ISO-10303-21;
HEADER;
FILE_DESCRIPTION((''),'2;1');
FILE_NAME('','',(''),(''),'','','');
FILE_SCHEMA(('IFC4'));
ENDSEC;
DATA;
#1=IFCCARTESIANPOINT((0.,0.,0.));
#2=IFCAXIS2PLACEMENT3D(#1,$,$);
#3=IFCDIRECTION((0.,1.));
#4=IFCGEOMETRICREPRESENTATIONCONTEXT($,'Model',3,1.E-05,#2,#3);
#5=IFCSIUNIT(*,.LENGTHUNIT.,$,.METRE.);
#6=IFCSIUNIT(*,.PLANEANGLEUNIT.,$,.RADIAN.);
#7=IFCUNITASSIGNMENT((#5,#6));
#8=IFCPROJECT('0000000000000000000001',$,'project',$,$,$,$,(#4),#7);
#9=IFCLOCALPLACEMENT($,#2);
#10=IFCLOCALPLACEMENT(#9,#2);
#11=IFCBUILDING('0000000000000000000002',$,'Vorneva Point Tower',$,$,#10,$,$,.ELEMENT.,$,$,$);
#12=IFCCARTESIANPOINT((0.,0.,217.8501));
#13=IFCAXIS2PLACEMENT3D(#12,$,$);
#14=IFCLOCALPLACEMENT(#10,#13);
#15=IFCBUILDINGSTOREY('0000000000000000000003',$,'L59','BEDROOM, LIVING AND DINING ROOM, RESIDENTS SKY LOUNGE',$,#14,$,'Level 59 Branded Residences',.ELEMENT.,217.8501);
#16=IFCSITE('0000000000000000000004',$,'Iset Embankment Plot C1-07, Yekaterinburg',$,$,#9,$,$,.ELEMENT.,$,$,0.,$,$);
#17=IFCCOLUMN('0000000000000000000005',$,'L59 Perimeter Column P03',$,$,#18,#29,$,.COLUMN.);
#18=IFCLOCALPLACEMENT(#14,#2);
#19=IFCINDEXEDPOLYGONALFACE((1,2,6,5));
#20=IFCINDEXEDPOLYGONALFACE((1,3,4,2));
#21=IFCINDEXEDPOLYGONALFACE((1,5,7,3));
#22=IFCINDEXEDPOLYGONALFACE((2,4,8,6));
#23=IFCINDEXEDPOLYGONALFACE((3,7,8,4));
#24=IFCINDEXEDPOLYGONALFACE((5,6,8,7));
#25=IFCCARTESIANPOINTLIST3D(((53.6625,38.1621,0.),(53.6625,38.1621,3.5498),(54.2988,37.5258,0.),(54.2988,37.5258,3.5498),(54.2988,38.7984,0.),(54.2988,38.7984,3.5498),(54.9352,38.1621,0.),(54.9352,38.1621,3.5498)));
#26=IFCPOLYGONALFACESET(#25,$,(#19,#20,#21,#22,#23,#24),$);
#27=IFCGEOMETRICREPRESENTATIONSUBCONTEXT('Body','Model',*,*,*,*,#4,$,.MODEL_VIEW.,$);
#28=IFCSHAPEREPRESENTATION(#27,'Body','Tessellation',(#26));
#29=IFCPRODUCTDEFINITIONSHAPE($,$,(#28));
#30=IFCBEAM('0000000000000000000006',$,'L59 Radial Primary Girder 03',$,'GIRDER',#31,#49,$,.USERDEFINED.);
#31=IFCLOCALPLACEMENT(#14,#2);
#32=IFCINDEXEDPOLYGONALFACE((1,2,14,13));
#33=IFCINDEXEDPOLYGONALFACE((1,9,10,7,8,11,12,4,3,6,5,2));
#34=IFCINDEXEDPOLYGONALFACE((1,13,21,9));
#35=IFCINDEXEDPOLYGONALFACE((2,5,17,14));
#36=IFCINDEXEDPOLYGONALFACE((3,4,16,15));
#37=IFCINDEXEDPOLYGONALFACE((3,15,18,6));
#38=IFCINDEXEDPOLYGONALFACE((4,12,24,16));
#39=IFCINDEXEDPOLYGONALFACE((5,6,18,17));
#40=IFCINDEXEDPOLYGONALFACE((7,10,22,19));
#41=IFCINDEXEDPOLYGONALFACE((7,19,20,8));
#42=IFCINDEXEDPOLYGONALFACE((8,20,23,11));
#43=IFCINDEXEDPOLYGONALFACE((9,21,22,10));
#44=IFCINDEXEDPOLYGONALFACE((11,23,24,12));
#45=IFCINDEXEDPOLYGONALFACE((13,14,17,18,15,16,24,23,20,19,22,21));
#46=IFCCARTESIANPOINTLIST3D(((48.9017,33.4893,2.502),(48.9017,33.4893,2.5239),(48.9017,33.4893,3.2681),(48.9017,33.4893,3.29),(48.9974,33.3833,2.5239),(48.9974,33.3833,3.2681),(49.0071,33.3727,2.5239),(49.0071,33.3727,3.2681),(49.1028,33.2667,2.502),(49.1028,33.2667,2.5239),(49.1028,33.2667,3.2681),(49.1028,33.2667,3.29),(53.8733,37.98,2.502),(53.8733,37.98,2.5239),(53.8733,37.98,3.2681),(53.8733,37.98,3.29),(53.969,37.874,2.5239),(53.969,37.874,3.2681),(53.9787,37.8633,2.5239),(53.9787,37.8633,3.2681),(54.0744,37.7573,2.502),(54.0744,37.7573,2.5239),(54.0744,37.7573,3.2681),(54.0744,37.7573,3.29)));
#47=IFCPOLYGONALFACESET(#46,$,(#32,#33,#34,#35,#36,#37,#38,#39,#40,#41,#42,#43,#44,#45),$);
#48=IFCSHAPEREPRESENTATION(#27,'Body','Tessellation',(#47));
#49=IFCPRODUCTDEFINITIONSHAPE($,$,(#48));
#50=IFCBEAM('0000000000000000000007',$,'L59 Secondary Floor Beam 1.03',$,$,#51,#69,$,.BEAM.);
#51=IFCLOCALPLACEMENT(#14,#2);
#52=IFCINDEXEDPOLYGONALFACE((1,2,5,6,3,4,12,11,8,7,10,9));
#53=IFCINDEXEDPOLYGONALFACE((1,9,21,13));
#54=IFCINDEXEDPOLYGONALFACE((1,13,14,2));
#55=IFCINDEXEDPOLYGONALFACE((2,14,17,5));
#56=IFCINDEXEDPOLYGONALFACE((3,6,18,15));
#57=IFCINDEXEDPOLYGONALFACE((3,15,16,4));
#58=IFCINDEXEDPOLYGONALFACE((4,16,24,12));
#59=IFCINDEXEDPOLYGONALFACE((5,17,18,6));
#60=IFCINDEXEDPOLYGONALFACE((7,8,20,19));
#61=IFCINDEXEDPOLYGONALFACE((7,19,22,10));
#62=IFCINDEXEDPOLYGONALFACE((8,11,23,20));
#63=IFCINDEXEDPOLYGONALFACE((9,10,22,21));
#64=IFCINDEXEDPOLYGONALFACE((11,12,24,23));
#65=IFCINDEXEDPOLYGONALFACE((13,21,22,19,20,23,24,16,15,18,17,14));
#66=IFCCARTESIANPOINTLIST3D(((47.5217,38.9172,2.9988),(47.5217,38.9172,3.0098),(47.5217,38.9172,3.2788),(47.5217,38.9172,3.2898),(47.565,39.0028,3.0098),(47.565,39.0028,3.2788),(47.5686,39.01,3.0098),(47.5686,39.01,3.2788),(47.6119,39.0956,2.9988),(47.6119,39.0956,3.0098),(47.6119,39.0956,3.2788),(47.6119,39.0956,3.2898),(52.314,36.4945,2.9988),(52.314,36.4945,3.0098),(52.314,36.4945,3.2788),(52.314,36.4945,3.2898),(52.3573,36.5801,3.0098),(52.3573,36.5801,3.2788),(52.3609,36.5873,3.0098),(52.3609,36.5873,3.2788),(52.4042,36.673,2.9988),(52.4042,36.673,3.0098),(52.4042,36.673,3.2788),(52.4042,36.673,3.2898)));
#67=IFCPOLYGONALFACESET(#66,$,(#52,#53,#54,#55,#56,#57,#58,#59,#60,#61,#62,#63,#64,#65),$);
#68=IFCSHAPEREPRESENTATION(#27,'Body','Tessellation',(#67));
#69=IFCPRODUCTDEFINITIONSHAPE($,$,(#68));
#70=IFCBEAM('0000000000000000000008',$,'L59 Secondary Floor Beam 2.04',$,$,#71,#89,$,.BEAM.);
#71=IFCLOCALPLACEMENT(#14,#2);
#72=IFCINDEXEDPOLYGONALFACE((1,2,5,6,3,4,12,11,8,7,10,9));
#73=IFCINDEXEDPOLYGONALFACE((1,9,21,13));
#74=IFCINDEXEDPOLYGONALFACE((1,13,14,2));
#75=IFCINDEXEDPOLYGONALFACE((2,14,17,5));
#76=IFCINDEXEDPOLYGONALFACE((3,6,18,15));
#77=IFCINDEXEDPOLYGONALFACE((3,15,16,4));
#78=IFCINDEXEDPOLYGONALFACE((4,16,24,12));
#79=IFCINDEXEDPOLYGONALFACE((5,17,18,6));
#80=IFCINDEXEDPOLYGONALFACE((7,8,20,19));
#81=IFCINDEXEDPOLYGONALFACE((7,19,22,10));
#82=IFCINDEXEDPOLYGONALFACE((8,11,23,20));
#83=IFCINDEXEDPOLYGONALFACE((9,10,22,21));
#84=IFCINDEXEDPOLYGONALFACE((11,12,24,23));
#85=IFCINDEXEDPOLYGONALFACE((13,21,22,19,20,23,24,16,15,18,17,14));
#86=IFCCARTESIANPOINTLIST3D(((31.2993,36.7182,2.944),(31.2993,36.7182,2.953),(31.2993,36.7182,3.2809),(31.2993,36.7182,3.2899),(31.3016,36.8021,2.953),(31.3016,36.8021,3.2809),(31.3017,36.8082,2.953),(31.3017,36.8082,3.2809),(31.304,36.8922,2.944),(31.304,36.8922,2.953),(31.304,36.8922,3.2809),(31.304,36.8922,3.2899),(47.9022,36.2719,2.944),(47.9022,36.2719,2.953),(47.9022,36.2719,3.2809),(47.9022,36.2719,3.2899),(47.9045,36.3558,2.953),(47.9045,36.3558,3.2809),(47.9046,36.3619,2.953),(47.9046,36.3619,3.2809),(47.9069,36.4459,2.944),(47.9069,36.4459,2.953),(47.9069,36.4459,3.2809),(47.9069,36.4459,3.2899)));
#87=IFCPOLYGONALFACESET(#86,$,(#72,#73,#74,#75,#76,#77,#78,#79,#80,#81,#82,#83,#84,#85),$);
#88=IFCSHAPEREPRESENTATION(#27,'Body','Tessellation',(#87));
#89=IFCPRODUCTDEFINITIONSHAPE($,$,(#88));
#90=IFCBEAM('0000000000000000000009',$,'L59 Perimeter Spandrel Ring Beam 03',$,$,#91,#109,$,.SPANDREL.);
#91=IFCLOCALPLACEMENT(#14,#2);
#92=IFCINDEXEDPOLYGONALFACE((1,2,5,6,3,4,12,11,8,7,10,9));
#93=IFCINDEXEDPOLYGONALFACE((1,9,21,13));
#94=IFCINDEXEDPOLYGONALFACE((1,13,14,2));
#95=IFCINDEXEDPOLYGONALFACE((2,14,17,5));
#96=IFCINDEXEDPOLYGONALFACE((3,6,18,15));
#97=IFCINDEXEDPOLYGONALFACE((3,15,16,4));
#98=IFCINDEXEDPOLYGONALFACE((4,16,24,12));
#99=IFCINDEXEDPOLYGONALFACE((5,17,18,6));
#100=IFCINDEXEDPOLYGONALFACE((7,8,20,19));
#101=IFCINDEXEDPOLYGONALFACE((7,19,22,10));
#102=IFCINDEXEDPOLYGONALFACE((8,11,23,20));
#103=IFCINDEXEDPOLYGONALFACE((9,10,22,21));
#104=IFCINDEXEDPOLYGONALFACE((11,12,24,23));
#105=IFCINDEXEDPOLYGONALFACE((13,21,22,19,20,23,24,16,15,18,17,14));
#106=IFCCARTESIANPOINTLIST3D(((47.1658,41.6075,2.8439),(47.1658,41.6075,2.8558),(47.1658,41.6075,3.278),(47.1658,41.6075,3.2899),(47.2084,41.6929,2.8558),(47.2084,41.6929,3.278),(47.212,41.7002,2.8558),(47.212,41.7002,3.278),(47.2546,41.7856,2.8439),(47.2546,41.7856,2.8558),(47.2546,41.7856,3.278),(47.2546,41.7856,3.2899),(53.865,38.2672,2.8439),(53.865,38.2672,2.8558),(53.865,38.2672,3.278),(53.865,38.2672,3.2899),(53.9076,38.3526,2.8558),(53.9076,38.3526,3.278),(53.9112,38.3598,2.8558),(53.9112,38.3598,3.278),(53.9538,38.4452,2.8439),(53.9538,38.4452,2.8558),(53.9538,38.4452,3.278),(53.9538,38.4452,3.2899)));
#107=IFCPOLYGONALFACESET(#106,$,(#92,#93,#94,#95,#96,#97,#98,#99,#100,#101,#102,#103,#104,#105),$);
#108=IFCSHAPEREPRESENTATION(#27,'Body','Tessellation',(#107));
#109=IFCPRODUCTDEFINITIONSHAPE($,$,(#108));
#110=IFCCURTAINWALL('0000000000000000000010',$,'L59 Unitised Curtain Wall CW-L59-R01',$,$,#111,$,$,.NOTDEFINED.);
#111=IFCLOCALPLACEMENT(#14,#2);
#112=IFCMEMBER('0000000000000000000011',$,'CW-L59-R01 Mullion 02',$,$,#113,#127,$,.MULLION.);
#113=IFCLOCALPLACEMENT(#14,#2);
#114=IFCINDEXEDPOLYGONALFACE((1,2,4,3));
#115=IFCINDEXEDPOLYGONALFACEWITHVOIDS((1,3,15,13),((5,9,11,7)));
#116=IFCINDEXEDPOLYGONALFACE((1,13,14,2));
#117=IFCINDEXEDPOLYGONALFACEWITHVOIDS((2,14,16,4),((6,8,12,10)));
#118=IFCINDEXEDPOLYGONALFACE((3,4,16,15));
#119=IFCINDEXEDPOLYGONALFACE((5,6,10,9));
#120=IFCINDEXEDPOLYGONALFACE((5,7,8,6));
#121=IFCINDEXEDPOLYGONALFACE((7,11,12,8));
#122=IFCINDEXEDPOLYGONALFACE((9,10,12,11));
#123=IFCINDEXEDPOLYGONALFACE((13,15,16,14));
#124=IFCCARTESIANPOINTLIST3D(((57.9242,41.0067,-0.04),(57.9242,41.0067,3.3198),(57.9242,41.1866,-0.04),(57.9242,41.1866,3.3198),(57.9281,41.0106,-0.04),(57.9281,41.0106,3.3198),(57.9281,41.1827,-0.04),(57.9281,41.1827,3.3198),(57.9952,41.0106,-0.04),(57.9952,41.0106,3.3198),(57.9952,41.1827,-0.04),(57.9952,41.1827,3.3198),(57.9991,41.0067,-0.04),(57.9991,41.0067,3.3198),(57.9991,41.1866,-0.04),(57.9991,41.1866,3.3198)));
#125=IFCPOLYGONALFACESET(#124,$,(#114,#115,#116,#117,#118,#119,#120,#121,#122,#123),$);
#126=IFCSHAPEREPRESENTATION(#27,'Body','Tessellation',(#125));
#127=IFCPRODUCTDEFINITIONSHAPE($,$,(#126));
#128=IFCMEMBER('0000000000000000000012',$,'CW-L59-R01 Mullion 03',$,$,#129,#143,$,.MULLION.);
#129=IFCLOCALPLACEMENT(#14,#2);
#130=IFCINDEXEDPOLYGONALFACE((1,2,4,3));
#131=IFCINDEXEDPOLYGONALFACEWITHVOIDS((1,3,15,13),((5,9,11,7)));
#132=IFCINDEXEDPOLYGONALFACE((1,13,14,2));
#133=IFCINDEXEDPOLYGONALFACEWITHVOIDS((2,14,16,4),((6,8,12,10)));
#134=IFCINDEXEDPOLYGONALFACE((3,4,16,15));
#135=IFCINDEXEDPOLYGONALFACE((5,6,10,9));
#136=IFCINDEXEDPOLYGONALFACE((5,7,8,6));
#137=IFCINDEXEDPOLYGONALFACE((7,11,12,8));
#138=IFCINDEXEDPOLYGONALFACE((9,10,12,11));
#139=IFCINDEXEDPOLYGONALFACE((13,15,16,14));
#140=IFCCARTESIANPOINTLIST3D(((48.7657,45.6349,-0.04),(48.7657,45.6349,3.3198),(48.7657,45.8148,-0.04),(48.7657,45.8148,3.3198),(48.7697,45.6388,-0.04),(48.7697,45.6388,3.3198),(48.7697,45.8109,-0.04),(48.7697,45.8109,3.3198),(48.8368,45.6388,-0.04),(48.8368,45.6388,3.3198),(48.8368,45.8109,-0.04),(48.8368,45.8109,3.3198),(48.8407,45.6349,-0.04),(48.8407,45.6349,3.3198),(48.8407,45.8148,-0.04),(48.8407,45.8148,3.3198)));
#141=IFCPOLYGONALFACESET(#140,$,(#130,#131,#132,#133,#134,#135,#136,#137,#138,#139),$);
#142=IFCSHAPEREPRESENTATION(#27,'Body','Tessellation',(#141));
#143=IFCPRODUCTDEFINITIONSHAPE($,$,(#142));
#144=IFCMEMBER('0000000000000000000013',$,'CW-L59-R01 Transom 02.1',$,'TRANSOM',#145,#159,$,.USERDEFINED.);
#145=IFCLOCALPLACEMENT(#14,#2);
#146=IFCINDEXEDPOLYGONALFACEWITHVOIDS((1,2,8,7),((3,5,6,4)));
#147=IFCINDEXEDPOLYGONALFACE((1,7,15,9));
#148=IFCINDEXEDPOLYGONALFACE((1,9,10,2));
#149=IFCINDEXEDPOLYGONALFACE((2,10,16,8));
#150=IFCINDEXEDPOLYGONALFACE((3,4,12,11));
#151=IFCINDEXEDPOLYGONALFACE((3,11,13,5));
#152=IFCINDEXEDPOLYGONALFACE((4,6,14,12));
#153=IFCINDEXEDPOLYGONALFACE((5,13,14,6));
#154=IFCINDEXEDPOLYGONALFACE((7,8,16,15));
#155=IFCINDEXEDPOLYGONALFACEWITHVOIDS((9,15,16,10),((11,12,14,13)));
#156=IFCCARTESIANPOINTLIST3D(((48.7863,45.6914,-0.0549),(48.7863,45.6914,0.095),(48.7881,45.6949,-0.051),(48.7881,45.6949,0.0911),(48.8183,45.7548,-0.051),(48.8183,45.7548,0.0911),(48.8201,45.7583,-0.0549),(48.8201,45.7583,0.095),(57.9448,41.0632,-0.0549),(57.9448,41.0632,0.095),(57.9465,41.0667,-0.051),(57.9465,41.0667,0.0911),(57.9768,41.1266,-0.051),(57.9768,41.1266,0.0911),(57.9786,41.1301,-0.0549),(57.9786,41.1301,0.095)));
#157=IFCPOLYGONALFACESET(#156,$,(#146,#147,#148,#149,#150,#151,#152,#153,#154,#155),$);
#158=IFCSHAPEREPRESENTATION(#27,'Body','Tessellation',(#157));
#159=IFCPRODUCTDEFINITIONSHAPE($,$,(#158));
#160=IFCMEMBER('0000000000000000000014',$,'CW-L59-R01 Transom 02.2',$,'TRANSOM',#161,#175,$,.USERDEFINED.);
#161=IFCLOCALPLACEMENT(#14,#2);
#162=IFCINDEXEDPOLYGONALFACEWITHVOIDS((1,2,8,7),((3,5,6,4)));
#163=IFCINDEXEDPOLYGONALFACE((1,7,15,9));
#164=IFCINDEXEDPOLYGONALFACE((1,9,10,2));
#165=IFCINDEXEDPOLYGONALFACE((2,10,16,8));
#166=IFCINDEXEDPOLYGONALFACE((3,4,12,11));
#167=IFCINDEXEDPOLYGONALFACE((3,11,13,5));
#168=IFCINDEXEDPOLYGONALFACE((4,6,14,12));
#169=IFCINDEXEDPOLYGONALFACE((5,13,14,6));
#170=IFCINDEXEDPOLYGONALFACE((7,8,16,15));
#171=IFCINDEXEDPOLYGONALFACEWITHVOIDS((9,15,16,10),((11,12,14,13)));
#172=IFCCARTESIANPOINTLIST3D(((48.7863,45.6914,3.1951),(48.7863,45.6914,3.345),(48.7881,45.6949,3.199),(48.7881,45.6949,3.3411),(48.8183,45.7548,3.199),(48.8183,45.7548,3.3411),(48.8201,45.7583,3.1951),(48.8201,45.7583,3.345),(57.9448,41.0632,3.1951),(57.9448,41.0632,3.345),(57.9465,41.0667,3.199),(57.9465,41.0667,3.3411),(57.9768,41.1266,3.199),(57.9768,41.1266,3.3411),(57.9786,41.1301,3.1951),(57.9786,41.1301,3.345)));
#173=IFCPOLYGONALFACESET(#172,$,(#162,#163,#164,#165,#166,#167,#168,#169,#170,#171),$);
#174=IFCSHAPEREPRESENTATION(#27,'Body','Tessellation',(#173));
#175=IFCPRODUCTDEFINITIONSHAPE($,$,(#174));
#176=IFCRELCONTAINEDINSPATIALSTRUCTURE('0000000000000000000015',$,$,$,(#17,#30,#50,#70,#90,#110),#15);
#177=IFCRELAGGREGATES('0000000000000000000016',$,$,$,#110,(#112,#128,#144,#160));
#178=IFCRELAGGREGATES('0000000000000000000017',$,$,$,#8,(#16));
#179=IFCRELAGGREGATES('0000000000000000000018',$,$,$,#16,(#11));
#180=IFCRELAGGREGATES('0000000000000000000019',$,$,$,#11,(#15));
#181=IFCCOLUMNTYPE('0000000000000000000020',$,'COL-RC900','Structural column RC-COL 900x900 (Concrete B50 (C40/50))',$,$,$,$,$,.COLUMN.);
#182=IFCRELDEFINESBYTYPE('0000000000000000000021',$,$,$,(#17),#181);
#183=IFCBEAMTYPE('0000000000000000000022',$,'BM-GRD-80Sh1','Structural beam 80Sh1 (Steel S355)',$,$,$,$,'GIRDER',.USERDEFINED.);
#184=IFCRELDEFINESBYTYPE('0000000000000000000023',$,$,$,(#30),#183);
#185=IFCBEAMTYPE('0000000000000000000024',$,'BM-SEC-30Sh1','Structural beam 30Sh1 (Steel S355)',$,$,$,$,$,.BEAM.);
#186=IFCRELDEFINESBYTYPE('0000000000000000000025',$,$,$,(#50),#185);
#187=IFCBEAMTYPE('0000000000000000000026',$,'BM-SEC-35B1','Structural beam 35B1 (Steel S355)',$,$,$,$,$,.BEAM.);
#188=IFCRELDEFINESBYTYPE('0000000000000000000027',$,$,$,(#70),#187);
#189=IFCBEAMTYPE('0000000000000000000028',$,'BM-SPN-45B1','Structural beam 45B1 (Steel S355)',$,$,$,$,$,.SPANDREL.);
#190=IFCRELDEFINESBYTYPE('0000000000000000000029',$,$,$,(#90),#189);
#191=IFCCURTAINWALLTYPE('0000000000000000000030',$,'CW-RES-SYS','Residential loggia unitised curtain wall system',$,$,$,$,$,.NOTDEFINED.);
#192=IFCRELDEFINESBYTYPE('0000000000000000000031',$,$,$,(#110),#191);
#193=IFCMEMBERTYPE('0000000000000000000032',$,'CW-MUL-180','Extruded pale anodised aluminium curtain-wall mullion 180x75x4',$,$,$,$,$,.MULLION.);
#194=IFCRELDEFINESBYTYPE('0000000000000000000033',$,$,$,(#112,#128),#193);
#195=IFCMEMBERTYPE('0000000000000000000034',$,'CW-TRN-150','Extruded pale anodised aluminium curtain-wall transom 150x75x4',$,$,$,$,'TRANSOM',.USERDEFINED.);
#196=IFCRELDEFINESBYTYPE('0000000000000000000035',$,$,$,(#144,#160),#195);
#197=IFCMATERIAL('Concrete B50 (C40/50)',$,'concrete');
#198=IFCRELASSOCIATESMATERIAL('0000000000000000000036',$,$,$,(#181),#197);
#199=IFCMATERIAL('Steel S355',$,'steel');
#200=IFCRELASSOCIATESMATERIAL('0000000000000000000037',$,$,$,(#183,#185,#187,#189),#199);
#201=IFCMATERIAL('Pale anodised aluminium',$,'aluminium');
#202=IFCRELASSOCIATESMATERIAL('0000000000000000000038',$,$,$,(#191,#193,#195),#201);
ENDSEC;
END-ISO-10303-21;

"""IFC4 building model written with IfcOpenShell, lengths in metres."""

from ifc_helpers import new_model, si_unit, direction, frame, origin, origin_2d, place, context, subcontext, project, spatial, rectangle, hollow_rectangle, i_section, extrude, material, material_profile, profile_set, type_object, element, aggregate, save


model = new_model("IFC4")

# Units and contexts
model_context = context("Model", 3, precision=1e-05, world=origin(), true_north=direction((0.0, 1.0)))
body_context = subcontext(model_context, "Body", "Model", "MODEL_VIEW")
ifc_project = project(units=[si_unit("LENGTHUNIT", "METRE"), si_unit("PLANEANGLEUNIT", "RADIAN")], contexts=[model_context])

# Site, building, storey
site_placement = place(None, origin())
site = spatial("IfcSite", under=ifc_project, at=site_placement, Name="Iset Embankment Plot C1-07, Yekaterinburg", CompositionType="ELEMENT", RefElevation=0.0)
building_placement = place(site_placement, origin())
building = spatial("IfcBuilding", under=site, at=building_placement, Name="Vorneva Point Tower", CompositionType="ELEMENT")
storey_placement = place(building_placement, frame((0.0, 0.0, 217.8501)))
storey = spatial("IfcBuildingStorey", under=building, at=storey_placement, Name="L59", Description="BEDROOM, LIVING AND DINING ROOM, RESIDENTS SKY LOUNGE", LongName="Level 59 Branded Residences", CompositionType="ELEMENT", Elevation=217.8501)

# Column
ifc_material_1 = material(Name="Concrete B50 (C40/50)", Category="concrete")
ifc_material_profile_1 = material_profile(ifc_material_1, rectangle(XDim=0.8999, YDim=0.8999, at=origin_2d()), Name="RC-COL 900x900")
ifc_profile_set_1 = profile_set([ifc_material_profile_1], Name="Concrete B50 (C40/50)")
column_type = type_object("IfcColumnType", Name="COL-RC900", Description="Structural column RC-COL 900x900 (Concrete B50 (C40/50))", PredefinedType="COLUMN", material=ifc_profile_set_1)
column_placement = place(storey_placement, frame((54.2988, 38.1621, 0.0), z_axis=(0.0, 0.0, 1.0), x_axis=(0.707107, 0.707107, 0.0)))
element("IfcColumn", 1, at=column_placement, inside=storey, type_object=column_type, Name="L59 Perimeter Column P03", PredefinedType="COLUMN", context=body_context, shape_type="SweptSolid", body=[
    extrude(rectangle(XDim=0.8999, YDim=0.8999, at=origin_2d()), origin(), (0.0, 0.0, 1.0), 3.5498),
])

# Beams
ifc_material_2 = material(Name="Steel S355", Category="steel")
ifc_material_profile_2 = material_profile(ifc_material_2, i_section(OverallWidth=0.3, OverallDepth=0.7881, WebThickness=0.0144, FlangeThickness=0.022, at=origin_2d()), Name="80Sh1")
ifc_profile_set_2 = profile_set([ifc_material_profile_2], Name="Steel S355")
beam_type_1 = type_object("IfcBeamType", Name="BM-GRD-80Sh1", Description="Structural beam 80Sh1 (Steel S355)", ElementType="GIRDER", PredefinedType="USERDEFINED", material=ifc_profile_set_2)
beam_1_placement = place(storey_placement, frame((53.9739, 37.8687, 2.896), z_axis=(-0.74209, -0.670301, 0.0), x_axis=(0.670301, -0.74209, 0.0)))
element("IfcBeam", 2, at=beam_1_placement, inside=storey, type_object=beam_type_1, Name="L59 Radial Primary Girder 03", ObjectType="GIRDER", PredefinedType="USERDEFINED", context=body_context, shape_type="SweptSolid", body=[
    extrude(i_section(OverallWidth=0.3, OverallDepth=0.7881, WebThickness=0.0144, FlangeThickness=0.022, at=origin_2d()), origin(), (0.0, 0.0, 1.0), 6.6995),
])
ifc_material_profile_3 = material_profile(ifc_material_2, i_section(OverallWidth=0.2, OverallDepth=0.291, WebThickness=0.0081, FlangeThickness=0.011, at=origin_2d()), Name="30Sh1")
ifc_profile_set_3 = profile_set([ifc_material_profile_3], Name="Steel S355")
beam_type_2 = type_object("IfcBeamType", Name="BM-SEC-30Sh1", Description="Structural beam 30Sh1 (Steel S355)", PredefinedType="BEAM", material=ifc_profile_set_3)
beam_2_placement = place(storey_placement, frame((52.3591, 36.5837, 3.1443), z_axis=(-0.892445, 0.451156, 0.0), x_axis=(-0.451156, -0.892445, 0.0)))
element("IfcBeam", 3, at=beam_2_placement, inside=storey, type_object=beam_type_2, Name="L59 Secondary Floor Beam 1.03", PredefinedType="BEAM", context=body_context, shape_type="SweptSolid", body=[
    extrude(i_section(OverallWidth=0.2, OverallDepth=0.291, WebThickness=0.0081, FlangeThickness=0.011, at=origin_2d()), origin(), (0.0, 0.0, 1.0), 5.3699),
])
ifc_material_profile_4 = material_profile(ifc_material_2, i_section(OverallWidth=0.1741, OverallDepth=0.3459, WebThickness=0.0061, FlangeThickness=0.009, at=origin_2d()), Name="35B1")
ifc_profile_set_4 = profile_set([ifc_material_profile_4], Name="Steel S355")
beam_type_3 = type_object("IfcBeamType", Name="BM-SEC-35B1", Description="Structural beam 35B1 (Steel S355)", PredefinedType="BEAM", material=ifc_profile_set_4)
beam_3_placement = place(storey_placement, frame((47.9045, 36.3589, 3.1169), z_axis=(-0.999639, 0.026871, 0.0), x_axis=(-0.026871, -0.999639, 0.0)))
element("IfcBeam", 4, at=beam_3_placement, inside=storey, type_object=beam_type_3, Name="L59 Secondary Floor Beam 2.04", PredefinedType="BEAM", context=body_context, shape_type="SweptSolid", body=[
    extrude(i_section(OverallWidth=0.1741, OverallDepth=0.3459, WebThickness=0.0061, FlangeThickness=0.009, at=origin_2d()), origin(), (0.0, 0.0, 1.0), 16.6089),
])
ifc_material_profile_5 = material_profile(ifc_material_2, i_section(OverallWidth=0.199, OverallDepth=0.446, WebThickness=0.0081, FlangeThickness=0.012, at=origin_2d()), Name="45B1")
ifc_profile_set_5 = profile_set([ifc_material_profile_5], Name="Steel S355")
beam_type_4 = type_object("IfcBeamType", Name="BM-SPN-45B1", Description="Structural beam 45B1 (Steel S355)", PredefinedType="SPANDREL", material=ifc_profile_set_5)
beam_4_placement = place(storey_placement, frame((53.9094, 38.3562, 3.0669), z_axis=(-0.894922, 0.446222, 0.0), x_axis=(-0.446222, -0.894922, 0.0)))
element("IfcBeam", 5, at=beam_4_placement, inside=storey, type_object=beam_type_4, Name="L59 Perimeter Spandrel Ring Beam 03", PredefinedType="SPANDREL", context=body_context, shape_type="SweptSolid", body=[
    extrude(i_section(OverallWidth=0.199, OverallDepth=0.446, WebThickness=0.0081, FlangeThickness=0.012, at=origin_2d()), origin(), (0.0, 0.0, 1.0), 7.4858),
])

# Curtain wall, members
ifc_material_3 = material(Name="Pale anodised aluminium", Category="aluminium")
curtain_wall_type = type_object("IfcCurtainWallType", Name="CW-RES-SYS", Description="Residential loggia unitised curtain wall system", PredefinedType="NOTDEFINED", material=ifc_material_3)
curtain_wall_placement = place(storey_placement, origin())
curtain_wall = element("IfcCurtainWall", 6, at=curtain_wall_placement, inside=storey, type_object=curtain_wall_type, Name="L59 Unitised Curtain Wall CW-L59-R01", PredefinedType="NOTDEFINED")
ifc_material_profile_6 = material_profile(ifc_material_3, hollow_rectangle(XDim=0.075, YDim=0.1799, WallThickness=0.0039, at=origin_2d()), Name="AL-MUL 180x75x4")
ifc_profile_set_6 = profile_set([ifc_material_profile_6], Name="Pale anodised aluminium")
member_type_1 = type_object("IfcMemberType", Name="CW-MUL-180", Description="Extruded pale anodised aluminium curtain-wall mullion 180x75x4", PredefinedType="MULLION", material=ifc_profile_set_6)
member_1_placement = place(storey_placement, frame((57.9617, 41.0967, -0.04), z_axis=(0.0, 0.0, 1.0), x_axis=(1.0, 0.0, 0.0)))
member_1 = element("IfcMember", 7, at=member_1_placement, type_object=member_type_1, Name="CW-L59-R01 Mullion 02", PredefinedType="MULLION", context=body_context, shape_type="SweptSolid", body=[
    extrude(hollow_rectangle(XDim=0.075, YDim=0.1799, WallThickness=0.0039, at=origin_2d()), origin(), (0.0, 0.0, 1.0), 3.3599),
])
member_2_placement = place(storey_placement, frame((48.8032, 45.7249, -0.04), z_axis=(0.0, 0.0, 1.0), x_axis=(1.0, 0.0, 0.0)))
member_2 = element("IfcMember", 8, at=member_2_placement, type_object=member_type_1, Name="CW-L59-R01 Mullion 03", PredefinedType="MULLION", context=body_context, shape_type="SweptSolid", body=[
    extrude(hollow_rectangle(XDim=0.075, YDim=0.1799, WallThickness=0.0039, at=origin_2d()), origin(), (0.0, 0.0, 1.0), 3.3599),
])
ifc_material_profile_7 = material_profile(ifc_material_3, hollow_rectangle(XDim=0.075, YDim=0.1499, WallThickness=0.0039, at=origin_2d()), Name="AL-TRN 150x75x4")
ifc_profile_set_7 = profile_set([ifc_material_profile_7], Name="Pale anodised aluminium")
member_type_2 = type_object("IfcMemberType", Name="CW-TRN-150", Description="Extruded pale anodised aluminium curtain-wall transom 150x75x4", ElementType="TRANSOM", PredefinedType="USERDEFINED", material=ifc_profile_set_7)
member_3_placement = place(storey_placement, frame((57.9617, 41.0967, 0.02), z_axis=(-0.892511, 0.451026, 0.0), x_axis=(-0.451026, -0.892511, 0.0)))
member_3 = element("IfcMember", 9, at=member_3_placement, type_object=member_type_2, Name="CW-L59-R01 Transom 02.1", ObjectType="TRANSOM", PredefinedType="USERDEFINED", context=body_context, shape_type="SweptSolid", body=[
    extrude(hollow_rectangle(XDim=0.075, YDim=0.1499, WallThickness=0.0039, at=origin_2d()), origin(), (0.0, 0.0, 1.0), 10.2615),
])
member_4_placement = place(storey_placement, frame((57.9617, 41.0967, 3.27), z_axis=(-0.892511, 0.451026, 0.0), x_axis=(-0.451026, -0.892511, 0.0)))
member_4 = element("IfcMember", 10, at=member_4_placement, type_object=member_type_2, Name="CW-L59-R01 Transom 02.2", ObjectType="TRANSOM", PredefinedType="USERDEFINED", context=body_context, shape_type="SweptSolid", body=[
    extrude(hollow_rectangle(XDim=0.075, YDim=0.1499, WallThickness=0.0039, at=origin_2d()), origin(), (0.0, 0.0, 1.0), 10.2615),
])
aggregate(curtain_wall, [member_1, member_2, member_3, member_4])

save(model, "model.ifc")
